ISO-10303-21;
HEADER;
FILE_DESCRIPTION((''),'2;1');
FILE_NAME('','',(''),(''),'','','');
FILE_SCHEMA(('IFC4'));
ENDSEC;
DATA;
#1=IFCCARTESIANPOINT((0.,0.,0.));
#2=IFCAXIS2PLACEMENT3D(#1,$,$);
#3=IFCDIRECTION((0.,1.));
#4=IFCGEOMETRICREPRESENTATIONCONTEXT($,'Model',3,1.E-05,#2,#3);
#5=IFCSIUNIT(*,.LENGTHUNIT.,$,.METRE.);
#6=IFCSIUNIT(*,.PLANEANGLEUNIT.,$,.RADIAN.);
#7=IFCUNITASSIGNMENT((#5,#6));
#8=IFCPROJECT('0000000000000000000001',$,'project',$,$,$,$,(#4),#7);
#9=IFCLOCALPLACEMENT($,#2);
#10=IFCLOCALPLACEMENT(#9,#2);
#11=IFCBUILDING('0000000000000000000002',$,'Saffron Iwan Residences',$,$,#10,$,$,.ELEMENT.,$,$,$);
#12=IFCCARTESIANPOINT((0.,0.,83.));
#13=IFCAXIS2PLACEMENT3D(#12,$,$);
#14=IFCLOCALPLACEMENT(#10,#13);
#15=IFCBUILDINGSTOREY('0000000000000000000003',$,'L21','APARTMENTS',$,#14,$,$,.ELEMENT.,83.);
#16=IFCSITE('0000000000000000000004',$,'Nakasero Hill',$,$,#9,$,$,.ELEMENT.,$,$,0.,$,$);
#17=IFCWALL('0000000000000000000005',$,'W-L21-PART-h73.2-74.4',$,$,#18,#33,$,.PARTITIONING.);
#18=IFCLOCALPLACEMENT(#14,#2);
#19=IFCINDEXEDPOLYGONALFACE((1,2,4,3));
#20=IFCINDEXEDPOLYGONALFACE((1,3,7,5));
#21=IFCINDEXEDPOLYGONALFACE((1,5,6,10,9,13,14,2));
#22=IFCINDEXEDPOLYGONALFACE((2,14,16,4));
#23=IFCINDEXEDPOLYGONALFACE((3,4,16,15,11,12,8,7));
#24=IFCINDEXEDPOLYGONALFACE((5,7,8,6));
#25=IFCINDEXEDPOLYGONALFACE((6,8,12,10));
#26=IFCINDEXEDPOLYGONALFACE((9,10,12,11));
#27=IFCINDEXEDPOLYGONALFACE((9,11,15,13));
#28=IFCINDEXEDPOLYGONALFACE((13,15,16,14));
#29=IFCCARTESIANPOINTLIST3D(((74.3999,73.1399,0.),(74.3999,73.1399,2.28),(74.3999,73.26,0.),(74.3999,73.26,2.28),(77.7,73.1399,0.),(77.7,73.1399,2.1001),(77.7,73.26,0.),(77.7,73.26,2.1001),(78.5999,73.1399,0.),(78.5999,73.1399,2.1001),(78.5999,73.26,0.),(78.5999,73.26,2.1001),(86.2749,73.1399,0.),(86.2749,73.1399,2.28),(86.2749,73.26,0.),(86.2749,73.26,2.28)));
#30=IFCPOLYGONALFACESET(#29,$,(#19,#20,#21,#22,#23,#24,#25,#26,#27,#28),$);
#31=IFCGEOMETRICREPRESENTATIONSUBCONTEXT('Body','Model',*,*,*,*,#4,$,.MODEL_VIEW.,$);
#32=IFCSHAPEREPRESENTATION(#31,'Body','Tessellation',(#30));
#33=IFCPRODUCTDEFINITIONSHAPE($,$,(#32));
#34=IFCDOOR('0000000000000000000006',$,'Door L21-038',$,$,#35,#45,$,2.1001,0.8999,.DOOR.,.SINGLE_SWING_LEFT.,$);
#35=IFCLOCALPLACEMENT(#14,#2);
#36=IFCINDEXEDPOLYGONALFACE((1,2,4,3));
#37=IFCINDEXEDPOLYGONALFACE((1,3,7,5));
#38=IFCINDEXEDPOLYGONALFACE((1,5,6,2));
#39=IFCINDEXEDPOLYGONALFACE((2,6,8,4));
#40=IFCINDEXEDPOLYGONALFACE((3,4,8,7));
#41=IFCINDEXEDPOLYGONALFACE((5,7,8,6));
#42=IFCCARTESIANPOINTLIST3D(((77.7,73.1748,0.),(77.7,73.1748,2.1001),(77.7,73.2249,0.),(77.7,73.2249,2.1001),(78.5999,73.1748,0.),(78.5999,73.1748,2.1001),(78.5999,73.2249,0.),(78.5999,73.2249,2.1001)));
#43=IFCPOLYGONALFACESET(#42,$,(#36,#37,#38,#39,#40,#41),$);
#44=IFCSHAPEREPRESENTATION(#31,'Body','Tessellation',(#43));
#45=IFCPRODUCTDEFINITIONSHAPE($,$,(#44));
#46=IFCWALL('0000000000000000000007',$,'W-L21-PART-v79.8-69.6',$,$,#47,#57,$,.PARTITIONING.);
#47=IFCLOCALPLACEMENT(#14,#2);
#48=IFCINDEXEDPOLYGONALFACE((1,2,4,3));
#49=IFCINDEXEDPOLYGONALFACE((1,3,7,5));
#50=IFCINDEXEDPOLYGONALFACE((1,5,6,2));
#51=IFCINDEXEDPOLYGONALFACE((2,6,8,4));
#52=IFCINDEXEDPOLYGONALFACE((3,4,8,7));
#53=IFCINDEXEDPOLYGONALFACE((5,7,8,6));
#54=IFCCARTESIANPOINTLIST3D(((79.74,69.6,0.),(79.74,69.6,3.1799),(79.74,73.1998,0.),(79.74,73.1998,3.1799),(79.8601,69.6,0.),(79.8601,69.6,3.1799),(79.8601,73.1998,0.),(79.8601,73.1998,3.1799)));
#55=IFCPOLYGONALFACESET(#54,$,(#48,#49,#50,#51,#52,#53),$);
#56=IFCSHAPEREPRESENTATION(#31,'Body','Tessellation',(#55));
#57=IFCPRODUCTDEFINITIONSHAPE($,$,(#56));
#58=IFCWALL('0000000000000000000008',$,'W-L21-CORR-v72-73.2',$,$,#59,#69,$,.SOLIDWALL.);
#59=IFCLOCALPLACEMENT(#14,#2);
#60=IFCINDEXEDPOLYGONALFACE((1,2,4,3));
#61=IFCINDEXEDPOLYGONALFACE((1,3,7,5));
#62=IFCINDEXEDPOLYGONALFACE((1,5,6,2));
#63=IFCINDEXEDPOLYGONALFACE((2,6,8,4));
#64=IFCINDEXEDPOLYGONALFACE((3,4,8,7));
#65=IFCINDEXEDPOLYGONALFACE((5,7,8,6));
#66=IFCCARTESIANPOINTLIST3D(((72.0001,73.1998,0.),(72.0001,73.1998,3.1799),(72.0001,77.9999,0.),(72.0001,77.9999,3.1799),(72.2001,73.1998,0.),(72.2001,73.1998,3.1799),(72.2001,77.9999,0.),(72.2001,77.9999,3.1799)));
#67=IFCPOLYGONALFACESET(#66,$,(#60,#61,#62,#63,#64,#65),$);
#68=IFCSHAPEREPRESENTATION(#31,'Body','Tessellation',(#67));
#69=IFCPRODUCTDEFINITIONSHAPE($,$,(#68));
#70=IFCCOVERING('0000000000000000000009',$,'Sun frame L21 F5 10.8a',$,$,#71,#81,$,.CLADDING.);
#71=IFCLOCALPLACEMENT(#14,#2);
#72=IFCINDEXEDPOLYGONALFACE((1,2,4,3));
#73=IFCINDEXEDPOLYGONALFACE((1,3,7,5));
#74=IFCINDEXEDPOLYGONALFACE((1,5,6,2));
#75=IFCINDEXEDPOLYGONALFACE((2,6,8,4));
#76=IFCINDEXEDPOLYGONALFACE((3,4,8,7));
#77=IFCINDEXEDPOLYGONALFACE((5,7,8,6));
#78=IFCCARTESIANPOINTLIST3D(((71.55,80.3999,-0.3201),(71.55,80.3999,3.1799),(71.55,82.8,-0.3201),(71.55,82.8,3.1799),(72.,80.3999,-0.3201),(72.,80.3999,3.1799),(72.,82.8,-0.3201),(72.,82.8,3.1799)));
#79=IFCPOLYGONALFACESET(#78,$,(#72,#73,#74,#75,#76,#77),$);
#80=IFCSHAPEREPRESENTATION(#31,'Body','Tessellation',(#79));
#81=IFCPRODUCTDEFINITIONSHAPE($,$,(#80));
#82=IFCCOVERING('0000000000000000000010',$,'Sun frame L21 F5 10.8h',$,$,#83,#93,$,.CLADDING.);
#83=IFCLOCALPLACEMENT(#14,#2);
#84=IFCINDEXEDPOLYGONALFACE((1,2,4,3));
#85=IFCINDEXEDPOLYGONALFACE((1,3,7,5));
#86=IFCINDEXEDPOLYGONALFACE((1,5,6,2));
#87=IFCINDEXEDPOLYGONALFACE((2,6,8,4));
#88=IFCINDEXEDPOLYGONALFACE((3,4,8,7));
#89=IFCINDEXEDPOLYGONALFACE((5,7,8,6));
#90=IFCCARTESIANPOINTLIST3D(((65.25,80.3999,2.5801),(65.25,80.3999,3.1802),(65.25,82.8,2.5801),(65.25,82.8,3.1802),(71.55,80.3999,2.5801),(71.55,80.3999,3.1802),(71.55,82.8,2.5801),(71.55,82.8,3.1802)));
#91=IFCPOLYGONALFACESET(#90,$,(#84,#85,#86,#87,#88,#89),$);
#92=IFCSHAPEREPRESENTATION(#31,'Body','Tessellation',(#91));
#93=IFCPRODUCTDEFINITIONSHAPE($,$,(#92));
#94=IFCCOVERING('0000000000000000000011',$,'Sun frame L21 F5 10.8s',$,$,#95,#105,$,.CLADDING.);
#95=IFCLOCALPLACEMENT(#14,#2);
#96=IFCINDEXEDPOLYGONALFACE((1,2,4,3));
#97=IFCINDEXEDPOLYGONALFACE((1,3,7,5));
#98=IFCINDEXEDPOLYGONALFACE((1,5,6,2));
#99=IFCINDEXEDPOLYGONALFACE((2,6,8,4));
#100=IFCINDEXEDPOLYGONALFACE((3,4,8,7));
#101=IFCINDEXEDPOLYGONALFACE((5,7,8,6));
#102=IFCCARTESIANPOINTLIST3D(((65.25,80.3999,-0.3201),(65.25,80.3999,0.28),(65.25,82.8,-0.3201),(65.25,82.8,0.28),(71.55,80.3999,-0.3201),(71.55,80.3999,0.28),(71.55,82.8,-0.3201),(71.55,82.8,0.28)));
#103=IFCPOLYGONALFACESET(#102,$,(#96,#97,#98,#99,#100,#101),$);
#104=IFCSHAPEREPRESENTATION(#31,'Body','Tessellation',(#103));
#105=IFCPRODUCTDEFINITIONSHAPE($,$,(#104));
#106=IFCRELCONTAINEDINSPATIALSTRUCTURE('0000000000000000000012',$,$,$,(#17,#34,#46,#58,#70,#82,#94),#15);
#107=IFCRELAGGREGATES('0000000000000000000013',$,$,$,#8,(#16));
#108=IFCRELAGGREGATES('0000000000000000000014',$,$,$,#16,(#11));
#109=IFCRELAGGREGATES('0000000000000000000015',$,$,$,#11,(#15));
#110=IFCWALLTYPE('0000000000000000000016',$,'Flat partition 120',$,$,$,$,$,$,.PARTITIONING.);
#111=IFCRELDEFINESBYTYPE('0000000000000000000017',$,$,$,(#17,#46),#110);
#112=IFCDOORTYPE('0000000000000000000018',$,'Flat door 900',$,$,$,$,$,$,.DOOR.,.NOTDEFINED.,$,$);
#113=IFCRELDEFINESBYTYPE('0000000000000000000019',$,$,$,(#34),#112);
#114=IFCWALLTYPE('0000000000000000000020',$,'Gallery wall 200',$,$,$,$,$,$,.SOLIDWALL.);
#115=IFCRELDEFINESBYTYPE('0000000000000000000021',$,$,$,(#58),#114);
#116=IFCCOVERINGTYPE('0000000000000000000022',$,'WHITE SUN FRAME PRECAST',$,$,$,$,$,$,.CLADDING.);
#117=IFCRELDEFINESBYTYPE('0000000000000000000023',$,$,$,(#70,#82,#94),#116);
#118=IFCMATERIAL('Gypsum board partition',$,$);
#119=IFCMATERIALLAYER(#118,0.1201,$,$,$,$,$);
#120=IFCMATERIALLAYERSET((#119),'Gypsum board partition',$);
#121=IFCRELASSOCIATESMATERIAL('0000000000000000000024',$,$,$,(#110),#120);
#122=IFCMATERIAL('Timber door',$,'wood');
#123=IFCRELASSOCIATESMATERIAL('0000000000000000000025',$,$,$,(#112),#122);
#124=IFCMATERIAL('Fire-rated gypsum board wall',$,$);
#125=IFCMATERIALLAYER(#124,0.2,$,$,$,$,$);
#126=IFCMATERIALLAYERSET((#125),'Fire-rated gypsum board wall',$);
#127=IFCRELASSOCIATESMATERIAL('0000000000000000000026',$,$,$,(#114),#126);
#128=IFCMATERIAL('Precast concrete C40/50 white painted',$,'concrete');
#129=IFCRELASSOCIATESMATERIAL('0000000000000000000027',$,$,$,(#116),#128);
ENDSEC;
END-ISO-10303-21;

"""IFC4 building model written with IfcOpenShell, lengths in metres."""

from ifc_helpers import new_model, si_unit, direction, frame, frame_2d, origin, place, context, subcontext, project, spatial, polyline, rectangle, outline, extrude, material, layer, layer_set, type_object, element, fill, save


model = new_model("IFC4")

# Units and contexts
model_context = context("Model", 3, precision=1e-05, world=origin(), true_north=direction((0.0, 1.0)))
body_context = subcontext(model_context, "Body", "Model", "MODEL_VIEW")
ifc_project = project(units=[si_unit("LENGTHUNIT", "METRE"), si_unit("PLANEANGLEUNIT", "RADIAN")], contexts=[model_context])

# Site, building, storey
site_placement = place(None, origin())
site = spatial("IfcSite", under=ifc_project, at=site_placement, Name="Nakasero Hill", CompositionType="ELEMENT", RefElevation=0.0)
building_placement = place(site_placement, origin())
building = spatial("IfcBuilding", under=site, at=building_placement, Name="Saffron Iwan Residences", CompositionType="ELEMENT")
storey_placement = place(building_placement, frame((0.0, 0.0, 83.0)))
storey = spatial("IfcBuildingStorey", under=building, at=storey_placement, Name="L21", Description="APARTMENTS", CompositionType="ELEMENT", Elevation=83.0)

# Wall, opening, door
ifc_material_1 = material(Name="Gypsum board partition")
ifc_layer_1 = layer(ifc_material_1, 0.1201)
ifc_layer_set_1 = layer_set([ifc_layer_1], Name="Gypsum board partition")
wall_type_1 = type_object("IfcWallType", Name="Flat partition 120", PredefinedType="PARTITIONING", material=ifc_layer_set_1)
ifc_material_2 = material(Name="Timber door", Category="wood")
wall_1_placement = place(storey_placement, frame((74.3999, 73.2, 0.0), z_axis=(0.0, 0.0, 1.0), x_axis=(1.0, 0.0, 0.0)))
wall_1 = element("IfcWall", 1, at=wall_1_placement, inside=storey, type_object=wall_type_1, Name="W-L21-PART-h73.2-74.4", PredefinedType="PARTITIONING", context=body_context, shape_type="SweptSolid", body=[
    extrude(rectangle(XDim=11.875, YDim=0.1201, at=frame_2d((5.9375, 0.0))), origin(), (0.0, 0.0, 1.0), 2.28),
])
opening_1_placement = place(wall_1_placement, frame((3.3, 0.0, 0.0)))
opening_1 = element("IfcOpeningElement", 2, at=opening_1_placement, cuts=wall_1, PredefinedType="OPENING", context=body_context, shape_type="SweptSolid", body=[
    extrude(rectangle(XDim=0.8999, YDim=2.1001, at=frame_2d((0.45, 1.05))), frame((0.0, 0.0701, 0.0), z_axis=(0.0, -1.0, 0.0), x_axis=(1.0, 0.0, 0.0)), (0.0, 0.0, 1.0), 0.1401),
])
door_type_1 = type_object("IfcDoorType", Name="Flat door 900", OperationType="NOTDEFINED", PredefinedType="DOOR", material=ifc_material_2)
door_1_placement = place(opening_1_placement, origin())
door_1 = element("IfcDoor", 3, at=door_1_placement, inside=storey, type_object=door_type_1, Name="Door L21-038", OperationType="SINGLE_SWING_LEFT", OverallHeight=2.1001, OverallWidth=0.8999, PredefinedType="DOOR", context=body_context, shape_type="SweptSolid", body=[
    extrude(rectangle(XDim=0.8999, YDim=2.1001, at=frame_2d((0.45, 1.05))), frame((0.0, 0.0249, 0.0), z_axis=(0.0, -1.0, 0.0), x_axis=(1.0, 0.0, 0.0)), (0.0, 0.0, 1.0), 0.05),
])
fill(opening_1, door_1)

# Walls
wall_2_placement = place(storey_placement, frame((79.8, 69.6001, 0.0), z_axis=(0.0, 0.0, 1.0), x_axis=(0.0, 1.0, 0.0)))
element("IfcWall", 4, at=wall_2_placement, inside=storey, type_object=wall_type_1, Name="W-L21-PART-v79.8-69.6", PredefinedType="PARTITIONING", context=body_context, shape_type="SweptSolid", body=[
    extrude(rectangle(XDim=3.5999, YDim=0.1201, at=frame_2d((1.7998, 0.0))), origin(), (0.0, 0.0, 1.0), 3.1799),
])
ifc_material_3 = material(Name="Fire-rated gypsum board wall")
ifc_layer_2 = layer(ifc_material_3, 0.2)
ifc_layer_set_2 = layer_set([ifc_layer_2], Name="Fire-rated gypsum board wall")
wall_type_2 = type_object("IfcWallType", Name="Gallery wall 200", PredefinedType="SOLIDWALL", material=ifc_layer_set_2)
wall_3_placement = place(storey_placement, frame((72.1001, 73.2, 0.0), z_axis=(0.0, 0.0, 1.0), x_axis=(0.0, 1.0, 0.0)))
element("IfcWall", 5, at=wall_3_placement, inside=storey, type_object=wall_type_2, Name="W-L21-CORR-v72-73.2", PredefinedType="SOLIDWALL", context=body_context, shape_type="SweptSolid", body=[
    extrude(rectangle(XDim=4.8, YDim=0.2, at=frame_2d((2.3999, 0.0))), origin(), (0.0, 0.0, 1.0), 3.1799),
])

# Coverings
ifc_material_4 = material(Name="Precast concrete C40/50 white painted", Category="concrete")
covering_type = type_object("IfcCoveringType", Name="WHITE SUN FRAME PRECAST", PredefinedType="CLADDING", material=ifc_material_4)
covering_placement = place(storey_placement, frame((72.0, 80.3999, -0.3201), z_axis=(0.0, 1.0, 0.0), x_axis=(-1.0, 0.0, 0.0)))
element("IfcCovering", 6, at=covering_placement, inside=storey, type_object=covering_type, Name="Sun frame L21 F5 10.8a", PredefinedType="CLADDING", context=body_context, shape_type="SweptSolid", body=[
    extrude(outline(polyline([(0.0, 0.0), (0.45, 0.0), (0.45, 3.5), (0.0, 3.5), (0.0, 0.0)])), origin(), (0.0, 0.0, 1.0), 2.4001),
])
for number, where, z_axis, x_axis, name in (
    (7, (71.55, 80.3999, 2.5801), (0.0, 1.0, 0.0), (-1.0, 0.0, 0.0), "Sun frame L21 F5 10.8h"),
    (8, (71.55, 80.3999, -0.3201), (0.0, 1.0, 0.0), (-1.0, 0.0, 0.0), "Sun frame L21 F5 10.8s"),
):
    element("IfcCovering", number, at=place(storey_placement, frame(where, z_axis=z_axis, x_axis=x_axis)), inside=storey, type_object=covering_type, Name=name, PredefinedType="CLADDING", context=body_context, shape_type="SweptSolid", body=[
        extrude(outline(polyline([(0.0, 0.0), (6.3, 0.0), (6.3, 0.6001), (0.0, 0.6001), (0.0, 0.0)])), origin(), (0.0, 0.0, 1.0), 2.4001),
    ])

save(model, "model.ifc")
